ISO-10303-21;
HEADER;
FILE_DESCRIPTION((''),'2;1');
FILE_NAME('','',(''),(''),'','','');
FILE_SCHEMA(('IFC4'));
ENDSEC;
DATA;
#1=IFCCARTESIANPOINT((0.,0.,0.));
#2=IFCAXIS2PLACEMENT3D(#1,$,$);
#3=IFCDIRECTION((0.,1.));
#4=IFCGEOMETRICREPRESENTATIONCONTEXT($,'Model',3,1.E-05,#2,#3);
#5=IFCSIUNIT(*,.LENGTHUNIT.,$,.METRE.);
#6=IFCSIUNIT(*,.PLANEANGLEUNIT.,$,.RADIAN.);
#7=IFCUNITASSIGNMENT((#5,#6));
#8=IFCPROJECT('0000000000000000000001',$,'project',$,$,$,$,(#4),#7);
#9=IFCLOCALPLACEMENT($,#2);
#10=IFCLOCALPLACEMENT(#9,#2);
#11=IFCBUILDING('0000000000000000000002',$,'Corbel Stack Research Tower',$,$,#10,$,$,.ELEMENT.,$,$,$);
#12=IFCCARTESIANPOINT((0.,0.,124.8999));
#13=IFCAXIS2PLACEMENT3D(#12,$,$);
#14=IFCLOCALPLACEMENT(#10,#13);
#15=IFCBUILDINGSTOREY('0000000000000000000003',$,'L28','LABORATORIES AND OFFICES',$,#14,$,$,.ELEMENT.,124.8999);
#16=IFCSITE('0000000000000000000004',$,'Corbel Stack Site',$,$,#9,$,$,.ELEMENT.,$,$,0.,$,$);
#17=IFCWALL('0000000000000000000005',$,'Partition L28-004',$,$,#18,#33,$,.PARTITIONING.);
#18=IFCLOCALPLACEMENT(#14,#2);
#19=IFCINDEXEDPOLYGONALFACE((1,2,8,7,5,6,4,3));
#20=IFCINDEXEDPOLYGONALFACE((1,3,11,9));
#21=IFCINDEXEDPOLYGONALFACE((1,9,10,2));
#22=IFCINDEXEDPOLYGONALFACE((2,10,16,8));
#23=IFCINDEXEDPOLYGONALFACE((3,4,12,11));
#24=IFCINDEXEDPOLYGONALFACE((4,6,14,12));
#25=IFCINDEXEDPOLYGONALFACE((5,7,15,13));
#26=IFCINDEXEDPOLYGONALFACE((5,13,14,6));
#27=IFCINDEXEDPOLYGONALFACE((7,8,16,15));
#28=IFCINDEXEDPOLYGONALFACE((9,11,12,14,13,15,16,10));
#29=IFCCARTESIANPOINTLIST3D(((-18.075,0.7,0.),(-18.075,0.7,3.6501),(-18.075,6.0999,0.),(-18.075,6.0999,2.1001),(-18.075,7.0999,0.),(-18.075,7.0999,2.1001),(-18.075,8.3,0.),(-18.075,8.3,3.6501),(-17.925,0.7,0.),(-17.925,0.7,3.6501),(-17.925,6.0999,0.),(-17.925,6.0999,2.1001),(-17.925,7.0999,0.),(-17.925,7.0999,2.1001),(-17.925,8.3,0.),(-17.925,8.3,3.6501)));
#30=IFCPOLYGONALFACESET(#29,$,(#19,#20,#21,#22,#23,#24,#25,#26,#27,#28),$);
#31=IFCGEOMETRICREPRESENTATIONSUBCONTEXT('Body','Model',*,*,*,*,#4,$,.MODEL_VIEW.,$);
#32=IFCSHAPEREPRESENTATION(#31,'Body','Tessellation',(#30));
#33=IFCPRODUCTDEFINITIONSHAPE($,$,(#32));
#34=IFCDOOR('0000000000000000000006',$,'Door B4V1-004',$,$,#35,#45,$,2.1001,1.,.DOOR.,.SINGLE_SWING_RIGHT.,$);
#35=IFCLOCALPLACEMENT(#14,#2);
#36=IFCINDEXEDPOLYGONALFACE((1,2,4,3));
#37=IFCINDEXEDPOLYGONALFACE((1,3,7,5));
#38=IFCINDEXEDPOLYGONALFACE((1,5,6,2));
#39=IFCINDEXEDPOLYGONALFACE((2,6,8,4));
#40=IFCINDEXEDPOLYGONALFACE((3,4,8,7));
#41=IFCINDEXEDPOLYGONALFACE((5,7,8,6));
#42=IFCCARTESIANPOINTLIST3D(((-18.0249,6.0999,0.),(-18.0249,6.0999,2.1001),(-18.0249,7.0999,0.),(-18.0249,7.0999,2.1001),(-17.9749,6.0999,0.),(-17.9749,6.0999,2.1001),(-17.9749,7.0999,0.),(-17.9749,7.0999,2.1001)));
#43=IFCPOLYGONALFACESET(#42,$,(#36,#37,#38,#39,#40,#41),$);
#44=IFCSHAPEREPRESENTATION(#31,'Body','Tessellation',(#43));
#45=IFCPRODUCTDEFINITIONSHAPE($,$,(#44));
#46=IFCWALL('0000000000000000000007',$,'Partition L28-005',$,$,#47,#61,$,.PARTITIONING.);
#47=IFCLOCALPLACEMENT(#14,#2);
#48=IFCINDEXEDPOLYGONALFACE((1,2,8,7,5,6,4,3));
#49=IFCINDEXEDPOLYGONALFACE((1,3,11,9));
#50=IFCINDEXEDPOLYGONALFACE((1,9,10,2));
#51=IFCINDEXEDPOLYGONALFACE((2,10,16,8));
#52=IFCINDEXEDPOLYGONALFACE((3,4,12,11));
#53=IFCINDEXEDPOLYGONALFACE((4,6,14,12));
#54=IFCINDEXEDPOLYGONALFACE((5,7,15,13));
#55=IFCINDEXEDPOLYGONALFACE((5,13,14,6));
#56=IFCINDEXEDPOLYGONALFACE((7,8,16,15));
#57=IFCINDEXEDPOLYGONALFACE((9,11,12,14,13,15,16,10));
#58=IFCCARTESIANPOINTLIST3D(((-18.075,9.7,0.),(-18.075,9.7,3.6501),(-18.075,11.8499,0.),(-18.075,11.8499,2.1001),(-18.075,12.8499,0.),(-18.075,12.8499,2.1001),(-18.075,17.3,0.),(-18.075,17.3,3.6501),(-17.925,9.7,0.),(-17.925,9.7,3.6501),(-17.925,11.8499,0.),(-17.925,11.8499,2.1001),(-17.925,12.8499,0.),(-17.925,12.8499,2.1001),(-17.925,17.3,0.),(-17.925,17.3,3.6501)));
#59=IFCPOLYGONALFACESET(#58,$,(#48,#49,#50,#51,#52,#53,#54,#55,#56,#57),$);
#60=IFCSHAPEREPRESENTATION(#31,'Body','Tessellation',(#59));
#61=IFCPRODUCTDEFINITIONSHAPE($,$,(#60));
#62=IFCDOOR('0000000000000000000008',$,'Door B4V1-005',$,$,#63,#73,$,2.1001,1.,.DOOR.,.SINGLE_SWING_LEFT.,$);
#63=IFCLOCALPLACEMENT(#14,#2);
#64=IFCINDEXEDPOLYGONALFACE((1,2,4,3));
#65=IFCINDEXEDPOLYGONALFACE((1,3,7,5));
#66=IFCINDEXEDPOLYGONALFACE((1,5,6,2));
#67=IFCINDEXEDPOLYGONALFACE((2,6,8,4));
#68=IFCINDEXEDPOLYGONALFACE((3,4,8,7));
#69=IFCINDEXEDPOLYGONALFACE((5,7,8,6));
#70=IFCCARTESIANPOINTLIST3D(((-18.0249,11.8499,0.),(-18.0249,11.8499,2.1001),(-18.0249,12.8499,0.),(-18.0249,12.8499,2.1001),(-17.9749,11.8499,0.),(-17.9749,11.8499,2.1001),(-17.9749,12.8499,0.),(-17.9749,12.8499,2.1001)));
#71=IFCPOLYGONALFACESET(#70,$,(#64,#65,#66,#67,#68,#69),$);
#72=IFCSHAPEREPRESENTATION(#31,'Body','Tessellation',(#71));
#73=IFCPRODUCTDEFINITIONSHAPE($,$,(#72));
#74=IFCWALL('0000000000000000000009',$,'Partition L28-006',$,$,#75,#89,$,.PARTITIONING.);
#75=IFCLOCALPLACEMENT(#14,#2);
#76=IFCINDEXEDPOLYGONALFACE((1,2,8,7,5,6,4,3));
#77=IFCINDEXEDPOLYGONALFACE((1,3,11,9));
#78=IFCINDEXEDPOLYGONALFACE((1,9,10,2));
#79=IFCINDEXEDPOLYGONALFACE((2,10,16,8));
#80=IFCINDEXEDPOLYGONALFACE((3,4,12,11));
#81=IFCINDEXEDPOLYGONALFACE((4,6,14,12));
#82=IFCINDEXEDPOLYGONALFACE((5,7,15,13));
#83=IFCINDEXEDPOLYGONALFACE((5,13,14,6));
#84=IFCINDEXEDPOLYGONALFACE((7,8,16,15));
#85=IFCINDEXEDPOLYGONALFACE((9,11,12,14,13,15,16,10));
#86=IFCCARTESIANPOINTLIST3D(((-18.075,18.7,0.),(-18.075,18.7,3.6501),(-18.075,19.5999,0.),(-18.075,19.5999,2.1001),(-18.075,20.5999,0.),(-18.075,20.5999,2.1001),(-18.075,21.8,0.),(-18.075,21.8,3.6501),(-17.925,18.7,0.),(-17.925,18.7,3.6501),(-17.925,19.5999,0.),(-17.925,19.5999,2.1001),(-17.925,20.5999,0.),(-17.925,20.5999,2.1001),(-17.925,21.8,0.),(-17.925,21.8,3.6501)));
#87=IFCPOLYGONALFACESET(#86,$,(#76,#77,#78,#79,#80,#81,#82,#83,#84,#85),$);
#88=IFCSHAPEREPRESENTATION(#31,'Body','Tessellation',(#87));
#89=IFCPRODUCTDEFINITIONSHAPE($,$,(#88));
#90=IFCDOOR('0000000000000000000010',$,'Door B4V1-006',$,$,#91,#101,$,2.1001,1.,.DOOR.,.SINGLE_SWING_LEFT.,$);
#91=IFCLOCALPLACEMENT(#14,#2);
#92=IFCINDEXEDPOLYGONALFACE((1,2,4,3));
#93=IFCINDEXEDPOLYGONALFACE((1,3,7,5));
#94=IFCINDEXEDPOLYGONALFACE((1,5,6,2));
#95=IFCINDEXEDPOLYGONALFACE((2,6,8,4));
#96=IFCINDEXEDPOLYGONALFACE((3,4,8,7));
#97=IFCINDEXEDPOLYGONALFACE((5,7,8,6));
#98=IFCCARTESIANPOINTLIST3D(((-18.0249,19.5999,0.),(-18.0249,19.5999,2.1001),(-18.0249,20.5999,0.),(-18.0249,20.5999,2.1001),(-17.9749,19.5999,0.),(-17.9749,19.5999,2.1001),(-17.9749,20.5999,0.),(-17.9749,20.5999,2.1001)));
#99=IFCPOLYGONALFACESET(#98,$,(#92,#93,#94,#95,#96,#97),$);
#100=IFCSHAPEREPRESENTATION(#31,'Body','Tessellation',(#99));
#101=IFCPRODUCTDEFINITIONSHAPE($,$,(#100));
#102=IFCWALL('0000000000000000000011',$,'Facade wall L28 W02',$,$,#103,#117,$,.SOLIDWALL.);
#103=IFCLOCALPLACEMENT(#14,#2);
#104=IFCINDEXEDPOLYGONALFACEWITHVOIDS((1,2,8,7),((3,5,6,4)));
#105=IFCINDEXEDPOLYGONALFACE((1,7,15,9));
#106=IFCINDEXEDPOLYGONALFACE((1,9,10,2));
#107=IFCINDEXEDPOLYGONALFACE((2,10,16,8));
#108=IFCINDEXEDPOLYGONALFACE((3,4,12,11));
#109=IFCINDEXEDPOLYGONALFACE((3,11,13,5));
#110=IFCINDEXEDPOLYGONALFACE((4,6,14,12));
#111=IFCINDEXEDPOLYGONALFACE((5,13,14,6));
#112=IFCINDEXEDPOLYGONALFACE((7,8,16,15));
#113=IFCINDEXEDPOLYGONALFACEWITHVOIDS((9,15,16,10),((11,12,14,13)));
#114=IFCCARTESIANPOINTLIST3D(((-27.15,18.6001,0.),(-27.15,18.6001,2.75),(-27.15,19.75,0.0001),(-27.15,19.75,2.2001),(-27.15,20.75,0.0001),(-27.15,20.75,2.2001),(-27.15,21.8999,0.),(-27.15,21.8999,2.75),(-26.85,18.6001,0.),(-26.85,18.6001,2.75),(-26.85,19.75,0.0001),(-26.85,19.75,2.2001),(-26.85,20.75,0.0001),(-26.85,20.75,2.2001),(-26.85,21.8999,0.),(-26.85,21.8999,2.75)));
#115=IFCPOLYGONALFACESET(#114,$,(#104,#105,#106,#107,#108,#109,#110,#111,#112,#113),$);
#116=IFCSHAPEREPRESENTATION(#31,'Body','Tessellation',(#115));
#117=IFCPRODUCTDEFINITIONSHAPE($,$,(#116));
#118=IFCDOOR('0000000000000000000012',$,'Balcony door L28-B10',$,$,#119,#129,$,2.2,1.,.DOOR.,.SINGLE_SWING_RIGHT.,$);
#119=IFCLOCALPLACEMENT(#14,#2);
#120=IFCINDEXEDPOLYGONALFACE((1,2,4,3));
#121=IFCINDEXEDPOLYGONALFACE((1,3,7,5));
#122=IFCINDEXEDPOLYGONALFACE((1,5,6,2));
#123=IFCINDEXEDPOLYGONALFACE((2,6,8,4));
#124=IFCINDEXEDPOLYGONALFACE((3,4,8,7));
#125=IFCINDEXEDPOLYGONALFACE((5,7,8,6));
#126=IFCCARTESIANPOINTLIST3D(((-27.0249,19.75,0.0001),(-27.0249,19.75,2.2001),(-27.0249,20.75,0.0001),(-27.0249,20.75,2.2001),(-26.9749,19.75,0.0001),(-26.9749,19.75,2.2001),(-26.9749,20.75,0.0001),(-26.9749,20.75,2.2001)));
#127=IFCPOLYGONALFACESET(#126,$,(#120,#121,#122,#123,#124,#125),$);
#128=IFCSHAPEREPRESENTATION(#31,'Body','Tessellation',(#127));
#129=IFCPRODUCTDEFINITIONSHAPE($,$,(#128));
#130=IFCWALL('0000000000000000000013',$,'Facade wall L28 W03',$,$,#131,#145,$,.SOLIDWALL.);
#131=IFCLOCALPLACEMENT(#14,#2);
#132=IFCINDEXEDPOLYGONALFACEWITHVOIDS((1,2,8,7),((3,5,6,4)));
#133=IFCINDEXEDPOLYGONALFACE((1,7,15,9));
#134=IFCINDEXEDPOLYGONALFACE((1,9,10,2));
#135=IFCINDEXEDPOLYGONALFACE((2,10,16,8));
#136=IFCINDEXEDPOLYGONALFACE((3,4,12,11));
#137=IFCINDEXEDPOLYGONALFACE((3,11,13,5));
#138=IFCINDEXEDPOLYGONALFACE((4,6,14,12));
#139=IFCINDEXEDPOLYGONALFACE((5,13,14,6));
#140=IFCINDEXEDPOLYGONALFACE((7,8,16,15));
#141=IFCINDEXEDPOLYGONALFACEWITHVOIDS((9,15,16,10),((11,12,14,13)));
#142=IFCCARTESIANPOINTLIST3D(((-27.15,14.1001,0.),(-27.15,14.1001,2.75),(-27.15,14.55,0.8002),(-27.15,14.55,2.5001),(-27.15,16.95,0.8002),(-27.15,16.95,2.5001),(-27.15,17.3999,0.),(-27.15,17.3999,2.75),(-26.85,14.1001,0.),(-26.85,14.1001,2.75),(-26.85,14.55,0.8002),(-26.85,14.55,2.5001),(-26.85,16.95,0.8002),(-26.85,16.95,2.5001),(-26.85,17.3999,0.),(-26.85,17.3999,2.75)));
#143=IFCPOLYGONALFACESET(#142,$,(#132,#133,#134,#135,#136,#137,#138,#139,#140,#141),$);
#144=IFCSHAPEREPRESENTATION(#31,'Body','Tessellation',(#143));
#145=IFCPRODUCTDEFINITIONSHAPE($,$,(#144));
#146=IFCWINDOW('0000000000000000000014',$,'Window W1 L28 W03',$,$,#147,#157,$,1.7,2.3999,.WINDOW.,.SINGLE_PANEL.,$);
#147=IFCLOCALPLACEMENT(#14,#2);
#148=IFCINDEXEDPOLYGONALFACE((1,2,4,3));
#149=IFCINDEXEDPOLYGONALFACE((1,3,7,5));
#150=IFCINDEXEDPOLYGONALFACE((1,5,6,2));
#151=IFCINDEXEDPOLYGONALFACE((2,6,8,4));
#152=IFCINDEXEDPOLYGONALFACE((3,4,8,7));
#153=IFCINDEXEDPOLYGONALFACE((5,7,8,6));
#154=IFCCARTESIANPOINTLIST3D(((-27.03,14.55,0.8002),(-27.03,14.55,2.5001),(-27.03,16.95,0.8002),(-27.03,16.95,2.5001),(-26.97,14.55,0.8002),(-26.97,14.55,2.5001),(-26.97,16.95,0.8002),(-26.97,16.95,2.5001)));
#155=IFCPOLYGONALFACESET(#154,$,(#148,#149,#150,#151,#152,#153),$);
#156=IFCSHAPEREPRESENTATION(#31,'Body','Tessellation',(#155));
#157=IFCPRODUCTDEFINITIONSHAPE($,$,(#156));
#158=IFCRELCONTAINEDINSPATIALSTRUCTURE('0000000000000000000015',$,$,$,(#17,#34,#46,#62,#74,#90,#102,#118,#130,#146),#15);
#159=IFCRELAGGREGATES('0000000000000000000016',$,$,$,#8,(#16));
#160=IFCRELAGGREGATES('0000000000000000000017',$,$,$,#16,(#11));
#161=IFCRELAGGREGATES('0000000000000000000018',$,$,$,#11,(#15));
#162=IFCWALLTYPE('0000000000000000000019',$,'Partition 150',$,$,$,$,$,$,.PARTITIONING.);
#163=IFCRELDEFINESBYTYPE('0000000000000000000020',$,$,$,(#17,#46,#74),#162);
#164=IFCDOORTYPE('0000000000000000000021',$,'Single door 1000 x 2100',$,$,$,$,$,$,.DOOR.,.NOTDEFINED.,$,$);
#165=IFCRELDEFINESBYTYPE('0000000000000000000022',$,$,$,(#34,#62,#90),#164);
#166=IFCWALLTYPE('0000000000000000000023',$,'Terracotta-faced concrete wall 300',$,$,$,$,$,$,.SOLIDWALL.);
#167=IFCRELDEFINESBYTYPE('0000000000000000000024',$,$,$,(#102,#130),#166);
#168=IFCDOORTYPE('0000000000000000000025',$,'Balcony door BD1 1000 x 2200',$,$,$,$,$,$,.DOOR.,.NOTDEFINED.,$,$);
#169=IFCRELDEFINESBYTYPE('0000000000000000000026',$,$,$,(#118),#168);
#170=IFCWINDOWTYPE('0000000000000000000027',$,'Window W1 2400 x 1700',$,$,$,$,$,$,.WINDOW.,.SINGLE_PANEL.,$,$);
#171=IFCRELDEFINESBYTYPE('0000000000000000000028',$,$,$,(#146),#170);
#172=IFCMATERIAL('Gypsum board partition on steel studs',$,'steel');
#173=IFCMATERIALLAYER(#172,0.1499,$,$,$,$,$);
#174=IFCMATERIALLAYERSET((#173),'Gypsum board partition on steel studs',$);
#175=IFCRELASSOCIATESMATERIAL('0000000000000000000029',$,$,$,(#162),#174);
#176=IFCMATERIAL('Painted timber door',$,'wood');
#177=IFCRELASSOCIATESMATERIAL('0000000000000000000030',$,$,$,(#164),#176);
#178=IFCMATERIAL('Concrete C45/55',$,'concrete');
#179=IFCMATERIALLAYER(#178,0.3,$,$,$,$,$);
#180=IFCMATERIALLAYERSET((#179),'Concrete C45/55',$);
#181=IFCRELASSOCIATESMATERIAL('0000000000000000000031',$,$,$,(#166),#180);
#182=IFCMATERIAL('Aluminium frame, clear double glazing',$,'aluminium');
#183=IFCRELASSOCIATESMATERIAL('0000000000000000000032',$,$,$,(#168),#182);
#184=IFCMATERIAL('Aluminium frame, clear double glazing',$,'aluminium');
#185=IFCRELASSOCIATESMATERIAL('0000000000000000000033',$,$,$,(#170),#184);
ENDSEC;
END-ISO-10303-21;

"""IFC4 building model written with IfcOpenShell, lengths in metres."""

from ifc_helpers import new_model, si_unit, direction, frame, frame_2d, origin, place, context, subcontext, project, spatial, rectangle, extrude, material, layer, layer_set, type_object, element, fill, save


model = new_model("IFC4")

# Units and contexts
model_context = context("Model", 3, precision=1e-05, world=origin(), true_north=direction((0.0, 1.0)))
body_context = subcontext(model_context, "Body", "Model", "MODEL_VIEW")
ifc_project = project(units=[si_unit("LENGTHUNIT", "METRE"), si_unit("PLANEANGLEUNIT", "RADIAN")], contexts=[model_context])

# Site, building, storey
site_placement = place(None, origin())
site = spatial("IfcSite", under=ifc_project, at=site_placement, Name="Corbel Stack Site", CompositionType="ELEMENT", RefElevation=0.0)
building_placement = place(site_placement, origin())
building = spatial("IfcBuilding", under=site, at=building_placement, Name="Corbel Stack Research Tower", CompositionType="ELEMENT")
storey_placement = place(building_placement, frame((0.0, 0.0, 124.8999)))
storey = spatial("IfcBuildingStorey", under=building, at=storey_placement, Name="L28", Description="LABORATORIES AND OFFICES", CompositionType="ELEMENT", Elevation=124.8999)

# Walls, openings, doors
ifc_material_1 = material(Name="Gypsum board partition on steel studs", Category="steel")
ifc_layer_1 = layer(ifc_material_1, 0.1499)
ifc_layer_set_1 = layer_set([ifc_layer_1], Name="Gypsum board partition on steel studs")
wall_type_1 = type_object("IfcWallType", Name="Partition 150", PredefinedType="PARTITIONING", material=ifc_layer_set_1)
wall_1_placement = place(storey_placement, frame((-18.0, 0.7, 0.0), z_axis=(0.0, 0.0, 1.0), x_axis=(0.0, 1.0, 0.0)))
wall_1 = element("IfcWall", 1, at=wall_1_placement, inside=storey, type_object=wall_type_1, Name="Partition L28-004", PredefinedType="PARTITIONING", context=body_context, shape_type="SweptSolid", body=[
    extrude(rectangle(XDim=7.6001, YDim=0.1499, at=frame_2d((3.8, 0.0))), origin(), (0.0, 0.0, 1.0), 3.6501),
])
opening_1_placement = place(wall_1_placement, frame((5.3999, 0.0, 0.0)))
opening_1 = element("IfcOpeningElement", 2, at=opening_1_placement, cuts=wall_1, PredefinedType="OPENING", context=body_context, shape_type="SweptSolid", body=[
    extrude(rectangle(XDim=1.0, YDim=2.1001, at=frame_2d((0.5, 1.05))), frame((0.0, 0.085, 0.0), z_axis=(0.0, -1.0, 0.0), x_axis=(1.0, 0.0, 0.0)), (0.0, 0.0, 1.0), 0.1699),
])
ifc_material_2 = material(Name="Painted timber door", Category="wood")
door_type_1 = type_object("IfcDoorType", Name="Single door 1000 x 2100", OperationType="NOTDEFINED", PredefinedType="DOOR", material=ifc_material_2)
door_1_placement = place(opening_1_placement, origin())
door_1 = element("IfcDoor", 3, at=door_1_placement, inside=storey, type_object=door_type_1, Name="Door B4V1-004", OperationType="SINGLE_SWING_RIGHT", OverallHeight=2.1001, OverallWidth=1.0, PredefinedType="DOOR", context=body_context, shape_type="SweptSolid", body=[
    extrude(rectangle(XDim=1.0, YDim=2.1001, at=frame_2d((0.5, 1.05))), frame((0.0, 0.0249, 0.0), z_axis=(0.0, -1.0, 0.0), x_axis=(1.0, 0.0, 0.0)), (0.0, 0.0, 1.0), 0.05),
])
fill(opening_1, door_1)
wall_2_placement = place(storey_placement, frame((-18.0, 9.7, 0.0), z_axis=(0.0, 0.0, 1.0), x_axis=(0.0, 1.0, 0.0)))
wall_2 = element("IfcWall", 4, at=wall_2_placement, inside=storey, type_object=wall_type_1, Name="Partition L28-005", PredefinedType="PARTITIONING", context=body_context, shape_type="SweptSolid", body=[
    extrude(rectangle(XDim=7.6001, YDim=0.1499, at=frame_2d((3.8, 0.0))), origin(), (0.0, 0.0, 1.0), 3.6501),
])
opening_2_placement = place(wall_2_placement, frame((2.1499, 0.0, 0.0)))
opening_2 = element("IfcOpeningElement", 5, at=opening_2_placement, cuts=wall_2, PredefinedType="OPENING", context=body_context, shape_type="SweptSolid", body=[
    extrude(rectangle(XDim=1.0, YDim=2.1001, at=frame_2d((0.5, 1.05))), frame((0.0, 0.085, 0.0), z_axis=(0.0, -1.0, 0.0), x_axis=(1.0, 0.0, 0.0)), (0.0, 0.0, 1.0), 0.1699),
])
door_2_placement = place(opening_2_placement, origin())
door_2 = element("IfcDoor", 6, at=door_2_placement, inside=storey, type_object=door_type_1, Name="Door B4V1-005", OperationType="SINGLE_SWING_LEFT", OverallHeight=2.1001, OverallWidth=1.0, PredefinedType="DOOR", context=body_context, shape_type="SweptSolid", body=[
    extrude(rectangle(XDim=1.0, YDim=2.1001, at=frame_2d((0.5, 1.05))), frame((0.0, 0.0249, 0.0), z_axis=(0.0, -1.0, 0.0), x_axis=(1.0, 0.0, 0.0)), (0.0, 0.0, 1.0), 0.05),
])
fill(opening_2, door_2)
wall_3_placement = place(storey_placement, frame((-18.0, 18.7, 0.0), z_axis=(0.0, 0.0, 1.0), x_axis=(0.0, 1.0, 0.0)))
wall_3 = element("IfcWall", 7, at=wall_3_placement, inside=storey, type_object=wall_type_1, Name="Partition L28-006", PredefinedType="PARTITIONING", context=body_context, shape_type="SweptSolid", body=[
    extrude(rectangle(XDim=3.1001, YDim=0.1499, at=frame_2d((1.55, 0.0))), origin(), (0.0, 0.0, 1.0), 3.6501),
])
opening_3_placement = place(wall_3_placement, frame((0.8999, 0.0, 0.0)))
opening_3 = element("IfcOpeningElement", 8, at=opening_3_placement, cuts=wall_3, PredefinedType="OPENING", context=body_context, shape_type="SweptSolid", body=[
    extrude(rectangle(XDim=1.0, YDim=2.1001, at=frame_2d((0.5, 1.05))), frame((0.0, 0.085, 0.0), z_axis=(0.0, -1.0, 0.0), x_axis=(1.0, 0.0, 0.0)), (0.0, 0.0, 1.0), 0.1699),
])
door_3_placement = place(opening_3_placement, origin())
door_3 = element("IfcDoor", 9, at=door_3_placement, inside=storey, type_object=door_type_1, Name="Door B4V1-006", OperationType="SINGLE_SWING_LEFT", OverallHeight=2.1001, OverallWidth=1.0, PredefinedType="DOOR", context=body_context, shape_type="SweptSolid", body=[
    extrude(rectangle(XDim=1.0, YDim=2.1001, at=frame_2d((0.5, 1.05))), frame((0.0, 0.0249, 0.0), z_axis=(0.0, -1.0, 0.0), x_axis=(1.0, 0.0, 0.0)), (0.0, 0.0, 1.0), 0.05),
])
fill(opening_3, door_3)
ifc_material_3 = material(Name="Concrete C45/55", Category="concrete")
ifc_layer_2 = layer(ifc_material_3, 0.3)
ifc_layer_set_2 = layer_set([ifc_layer_2], Name="Concrete C45/55")
wall_type_2 = type_object("IfcWallType", Name="Terracotta-faced concrete wall 300", PredefinedType="SOLIDWALL", material=ifc_layer_set_2)
wall_4_placement = place(storey_placement, frame((-27.0, 18.6001, 0.0), z_axis=(0.0, 0.0, 1.0), x_axis=(0.0, 1.0, 0.0)))
wall_4 = element("IfcWall", 10, at=wall_4_placement, inside=storey, type_object=wall_type_2, Name="Facade wall L28 W02", PredefinedType="SOLIDWALL", context=body_context, shape_type="SweptSolid", body=[
    extrude(rectangle(XDim=3.2998, YDim=0.3, at=frame_2d((1.6499, 0.0))), origin(), (0.0, 0.0, 1.0), 2.75),
])
opening_4_placement = place(wall_4_placement, frame((1.1499, 0.0, 0.0)))
opening_4 = element("IfcOpeningElement", 11, at=opening_4_placement, cuts=wall_4, PredefinedType="OPENING", context=body_context, shape_type="SweptSolid", body=[
    extrude(rectangle(XDim=1.0, YDim=2.2, at=frame_2d((0.5, 1.1001))), frame((0.0, 0.1599, 0.0), z_axis=(0.0, -1.0, 0.0), x_axis=(1.0, 0.0, 0.0)), (0.0, 0.0, 1.0), 0.3201),
])
ifc_material_4 = material(Name="Aluminium frame, clear double glazing", Category="aluminium")
door_type_2 = type_object("IfcDoorType", Name="Balcony door BD1 1000 x 2200", OperationType="NOTDEFINED", PredefinedType="DOOR", material=ifc_material_4)
door_4_placement = place(opening_4_placement, origin())
door_4 = element("IfcDoor", 12, at=door_4_placement, inside=storey, type_object=door_type_2, Name="Balcony door L28-B10", OperationType="SINGLE_SWING_RIGHT", OverallHeight=2.2, OverallWidth=1.0, PredefinedType="DOOR", context=body_context, shape_type="SweptSolid", body=[
    extrude(rectangle(XDim=1.0, YDim=2.2, at=frame_2d((0.5, 1.1001))), frame((0.0, 0.0249, 0.0), z_axis=(0.0, -1.0, 0.0), x_axis=(1.0, 0.0, 0.0)), (0.0, 0.0, 1.0), 0.05),
])
fill(opening_4, door_4)

# Wall, opening, window
wall_5_placement = place(storey_placement, frame((-27.0, 14.1001, 0.0), z_axis=(0.0, 0.0, 1.0), x_axis=(0.0, 1.0, 0.0)))
wall_5 = element("IfcWall", 13, at=wall_5_placement, inside=storey, type_object=wall_type_2, Name="Facade wall L28 W03", PredefinedType="SOLIDWALL", context=body_context, shape_type="SweptSolid", body=[
    extrude(rectangle(XDim=3.2998, YDim=0.3, at=frame_2d((1.6499, 0.0))), origin(), (0.0, 0.0, 1.0), 2.75),
])
opening_5_placement = place(wall_5_placement, frame((0.45, 0.0, 0.8)))
opening_5 = element("IfcOpeningElement", 14, at=opening_5_placement, cuts=wall_5, PredefinedType="OPENING", context=body_context, shape_type="SweptSolid", body=[
    extrude(rectangle(XDim=2.3999, YDim=1.7, at=frame_2d((1.2, 0.8501))), frame((0.0, 0.1599, 0.0), z_axis=(0.0, -1.0, 0.0), x_axis=(1.0, 0.0, 0.0)), (0.0, 0.0, 1.0), 0.3201),
])
ifc_material_5 = material(Name="Aluminium frame, clear double glazing", Category="aluminium")
window_type = type_object("IfcWindowType", Name="Window W1 2400 x 1700", PartitioningType="SINGLE_PANEL", PredefinedType="WINDOW", material=ifc_material_5)
window_1_placement = place(opening_5_placement, origin())
window_1 = element("IfcWindow", 15, at=window_1_placement, inside=storey, type_object=window_type, Name="Window W1 L28 W03", OverallHeight=1.7, OverallWidth=2.3999, PartitioningType="SINGLE_PANEL", PredefinedType="WINDOW", context=body_context, shape_type="SweptSolid", body=[
    extrude(rectangle(XDim=2.3999, YDim=1.7, at=frame_2d((1.2, 0.8501))), frame((0.0, 0.03, 0.0), z_axis=(0.0, -1.0, 0.0), x_axis=(1.0, 0.0, 0.0)), (0.0, 0.0, 1.0), 0.0601),
])
fill(opening_5, window_1)

save(model, "model.ifc")
